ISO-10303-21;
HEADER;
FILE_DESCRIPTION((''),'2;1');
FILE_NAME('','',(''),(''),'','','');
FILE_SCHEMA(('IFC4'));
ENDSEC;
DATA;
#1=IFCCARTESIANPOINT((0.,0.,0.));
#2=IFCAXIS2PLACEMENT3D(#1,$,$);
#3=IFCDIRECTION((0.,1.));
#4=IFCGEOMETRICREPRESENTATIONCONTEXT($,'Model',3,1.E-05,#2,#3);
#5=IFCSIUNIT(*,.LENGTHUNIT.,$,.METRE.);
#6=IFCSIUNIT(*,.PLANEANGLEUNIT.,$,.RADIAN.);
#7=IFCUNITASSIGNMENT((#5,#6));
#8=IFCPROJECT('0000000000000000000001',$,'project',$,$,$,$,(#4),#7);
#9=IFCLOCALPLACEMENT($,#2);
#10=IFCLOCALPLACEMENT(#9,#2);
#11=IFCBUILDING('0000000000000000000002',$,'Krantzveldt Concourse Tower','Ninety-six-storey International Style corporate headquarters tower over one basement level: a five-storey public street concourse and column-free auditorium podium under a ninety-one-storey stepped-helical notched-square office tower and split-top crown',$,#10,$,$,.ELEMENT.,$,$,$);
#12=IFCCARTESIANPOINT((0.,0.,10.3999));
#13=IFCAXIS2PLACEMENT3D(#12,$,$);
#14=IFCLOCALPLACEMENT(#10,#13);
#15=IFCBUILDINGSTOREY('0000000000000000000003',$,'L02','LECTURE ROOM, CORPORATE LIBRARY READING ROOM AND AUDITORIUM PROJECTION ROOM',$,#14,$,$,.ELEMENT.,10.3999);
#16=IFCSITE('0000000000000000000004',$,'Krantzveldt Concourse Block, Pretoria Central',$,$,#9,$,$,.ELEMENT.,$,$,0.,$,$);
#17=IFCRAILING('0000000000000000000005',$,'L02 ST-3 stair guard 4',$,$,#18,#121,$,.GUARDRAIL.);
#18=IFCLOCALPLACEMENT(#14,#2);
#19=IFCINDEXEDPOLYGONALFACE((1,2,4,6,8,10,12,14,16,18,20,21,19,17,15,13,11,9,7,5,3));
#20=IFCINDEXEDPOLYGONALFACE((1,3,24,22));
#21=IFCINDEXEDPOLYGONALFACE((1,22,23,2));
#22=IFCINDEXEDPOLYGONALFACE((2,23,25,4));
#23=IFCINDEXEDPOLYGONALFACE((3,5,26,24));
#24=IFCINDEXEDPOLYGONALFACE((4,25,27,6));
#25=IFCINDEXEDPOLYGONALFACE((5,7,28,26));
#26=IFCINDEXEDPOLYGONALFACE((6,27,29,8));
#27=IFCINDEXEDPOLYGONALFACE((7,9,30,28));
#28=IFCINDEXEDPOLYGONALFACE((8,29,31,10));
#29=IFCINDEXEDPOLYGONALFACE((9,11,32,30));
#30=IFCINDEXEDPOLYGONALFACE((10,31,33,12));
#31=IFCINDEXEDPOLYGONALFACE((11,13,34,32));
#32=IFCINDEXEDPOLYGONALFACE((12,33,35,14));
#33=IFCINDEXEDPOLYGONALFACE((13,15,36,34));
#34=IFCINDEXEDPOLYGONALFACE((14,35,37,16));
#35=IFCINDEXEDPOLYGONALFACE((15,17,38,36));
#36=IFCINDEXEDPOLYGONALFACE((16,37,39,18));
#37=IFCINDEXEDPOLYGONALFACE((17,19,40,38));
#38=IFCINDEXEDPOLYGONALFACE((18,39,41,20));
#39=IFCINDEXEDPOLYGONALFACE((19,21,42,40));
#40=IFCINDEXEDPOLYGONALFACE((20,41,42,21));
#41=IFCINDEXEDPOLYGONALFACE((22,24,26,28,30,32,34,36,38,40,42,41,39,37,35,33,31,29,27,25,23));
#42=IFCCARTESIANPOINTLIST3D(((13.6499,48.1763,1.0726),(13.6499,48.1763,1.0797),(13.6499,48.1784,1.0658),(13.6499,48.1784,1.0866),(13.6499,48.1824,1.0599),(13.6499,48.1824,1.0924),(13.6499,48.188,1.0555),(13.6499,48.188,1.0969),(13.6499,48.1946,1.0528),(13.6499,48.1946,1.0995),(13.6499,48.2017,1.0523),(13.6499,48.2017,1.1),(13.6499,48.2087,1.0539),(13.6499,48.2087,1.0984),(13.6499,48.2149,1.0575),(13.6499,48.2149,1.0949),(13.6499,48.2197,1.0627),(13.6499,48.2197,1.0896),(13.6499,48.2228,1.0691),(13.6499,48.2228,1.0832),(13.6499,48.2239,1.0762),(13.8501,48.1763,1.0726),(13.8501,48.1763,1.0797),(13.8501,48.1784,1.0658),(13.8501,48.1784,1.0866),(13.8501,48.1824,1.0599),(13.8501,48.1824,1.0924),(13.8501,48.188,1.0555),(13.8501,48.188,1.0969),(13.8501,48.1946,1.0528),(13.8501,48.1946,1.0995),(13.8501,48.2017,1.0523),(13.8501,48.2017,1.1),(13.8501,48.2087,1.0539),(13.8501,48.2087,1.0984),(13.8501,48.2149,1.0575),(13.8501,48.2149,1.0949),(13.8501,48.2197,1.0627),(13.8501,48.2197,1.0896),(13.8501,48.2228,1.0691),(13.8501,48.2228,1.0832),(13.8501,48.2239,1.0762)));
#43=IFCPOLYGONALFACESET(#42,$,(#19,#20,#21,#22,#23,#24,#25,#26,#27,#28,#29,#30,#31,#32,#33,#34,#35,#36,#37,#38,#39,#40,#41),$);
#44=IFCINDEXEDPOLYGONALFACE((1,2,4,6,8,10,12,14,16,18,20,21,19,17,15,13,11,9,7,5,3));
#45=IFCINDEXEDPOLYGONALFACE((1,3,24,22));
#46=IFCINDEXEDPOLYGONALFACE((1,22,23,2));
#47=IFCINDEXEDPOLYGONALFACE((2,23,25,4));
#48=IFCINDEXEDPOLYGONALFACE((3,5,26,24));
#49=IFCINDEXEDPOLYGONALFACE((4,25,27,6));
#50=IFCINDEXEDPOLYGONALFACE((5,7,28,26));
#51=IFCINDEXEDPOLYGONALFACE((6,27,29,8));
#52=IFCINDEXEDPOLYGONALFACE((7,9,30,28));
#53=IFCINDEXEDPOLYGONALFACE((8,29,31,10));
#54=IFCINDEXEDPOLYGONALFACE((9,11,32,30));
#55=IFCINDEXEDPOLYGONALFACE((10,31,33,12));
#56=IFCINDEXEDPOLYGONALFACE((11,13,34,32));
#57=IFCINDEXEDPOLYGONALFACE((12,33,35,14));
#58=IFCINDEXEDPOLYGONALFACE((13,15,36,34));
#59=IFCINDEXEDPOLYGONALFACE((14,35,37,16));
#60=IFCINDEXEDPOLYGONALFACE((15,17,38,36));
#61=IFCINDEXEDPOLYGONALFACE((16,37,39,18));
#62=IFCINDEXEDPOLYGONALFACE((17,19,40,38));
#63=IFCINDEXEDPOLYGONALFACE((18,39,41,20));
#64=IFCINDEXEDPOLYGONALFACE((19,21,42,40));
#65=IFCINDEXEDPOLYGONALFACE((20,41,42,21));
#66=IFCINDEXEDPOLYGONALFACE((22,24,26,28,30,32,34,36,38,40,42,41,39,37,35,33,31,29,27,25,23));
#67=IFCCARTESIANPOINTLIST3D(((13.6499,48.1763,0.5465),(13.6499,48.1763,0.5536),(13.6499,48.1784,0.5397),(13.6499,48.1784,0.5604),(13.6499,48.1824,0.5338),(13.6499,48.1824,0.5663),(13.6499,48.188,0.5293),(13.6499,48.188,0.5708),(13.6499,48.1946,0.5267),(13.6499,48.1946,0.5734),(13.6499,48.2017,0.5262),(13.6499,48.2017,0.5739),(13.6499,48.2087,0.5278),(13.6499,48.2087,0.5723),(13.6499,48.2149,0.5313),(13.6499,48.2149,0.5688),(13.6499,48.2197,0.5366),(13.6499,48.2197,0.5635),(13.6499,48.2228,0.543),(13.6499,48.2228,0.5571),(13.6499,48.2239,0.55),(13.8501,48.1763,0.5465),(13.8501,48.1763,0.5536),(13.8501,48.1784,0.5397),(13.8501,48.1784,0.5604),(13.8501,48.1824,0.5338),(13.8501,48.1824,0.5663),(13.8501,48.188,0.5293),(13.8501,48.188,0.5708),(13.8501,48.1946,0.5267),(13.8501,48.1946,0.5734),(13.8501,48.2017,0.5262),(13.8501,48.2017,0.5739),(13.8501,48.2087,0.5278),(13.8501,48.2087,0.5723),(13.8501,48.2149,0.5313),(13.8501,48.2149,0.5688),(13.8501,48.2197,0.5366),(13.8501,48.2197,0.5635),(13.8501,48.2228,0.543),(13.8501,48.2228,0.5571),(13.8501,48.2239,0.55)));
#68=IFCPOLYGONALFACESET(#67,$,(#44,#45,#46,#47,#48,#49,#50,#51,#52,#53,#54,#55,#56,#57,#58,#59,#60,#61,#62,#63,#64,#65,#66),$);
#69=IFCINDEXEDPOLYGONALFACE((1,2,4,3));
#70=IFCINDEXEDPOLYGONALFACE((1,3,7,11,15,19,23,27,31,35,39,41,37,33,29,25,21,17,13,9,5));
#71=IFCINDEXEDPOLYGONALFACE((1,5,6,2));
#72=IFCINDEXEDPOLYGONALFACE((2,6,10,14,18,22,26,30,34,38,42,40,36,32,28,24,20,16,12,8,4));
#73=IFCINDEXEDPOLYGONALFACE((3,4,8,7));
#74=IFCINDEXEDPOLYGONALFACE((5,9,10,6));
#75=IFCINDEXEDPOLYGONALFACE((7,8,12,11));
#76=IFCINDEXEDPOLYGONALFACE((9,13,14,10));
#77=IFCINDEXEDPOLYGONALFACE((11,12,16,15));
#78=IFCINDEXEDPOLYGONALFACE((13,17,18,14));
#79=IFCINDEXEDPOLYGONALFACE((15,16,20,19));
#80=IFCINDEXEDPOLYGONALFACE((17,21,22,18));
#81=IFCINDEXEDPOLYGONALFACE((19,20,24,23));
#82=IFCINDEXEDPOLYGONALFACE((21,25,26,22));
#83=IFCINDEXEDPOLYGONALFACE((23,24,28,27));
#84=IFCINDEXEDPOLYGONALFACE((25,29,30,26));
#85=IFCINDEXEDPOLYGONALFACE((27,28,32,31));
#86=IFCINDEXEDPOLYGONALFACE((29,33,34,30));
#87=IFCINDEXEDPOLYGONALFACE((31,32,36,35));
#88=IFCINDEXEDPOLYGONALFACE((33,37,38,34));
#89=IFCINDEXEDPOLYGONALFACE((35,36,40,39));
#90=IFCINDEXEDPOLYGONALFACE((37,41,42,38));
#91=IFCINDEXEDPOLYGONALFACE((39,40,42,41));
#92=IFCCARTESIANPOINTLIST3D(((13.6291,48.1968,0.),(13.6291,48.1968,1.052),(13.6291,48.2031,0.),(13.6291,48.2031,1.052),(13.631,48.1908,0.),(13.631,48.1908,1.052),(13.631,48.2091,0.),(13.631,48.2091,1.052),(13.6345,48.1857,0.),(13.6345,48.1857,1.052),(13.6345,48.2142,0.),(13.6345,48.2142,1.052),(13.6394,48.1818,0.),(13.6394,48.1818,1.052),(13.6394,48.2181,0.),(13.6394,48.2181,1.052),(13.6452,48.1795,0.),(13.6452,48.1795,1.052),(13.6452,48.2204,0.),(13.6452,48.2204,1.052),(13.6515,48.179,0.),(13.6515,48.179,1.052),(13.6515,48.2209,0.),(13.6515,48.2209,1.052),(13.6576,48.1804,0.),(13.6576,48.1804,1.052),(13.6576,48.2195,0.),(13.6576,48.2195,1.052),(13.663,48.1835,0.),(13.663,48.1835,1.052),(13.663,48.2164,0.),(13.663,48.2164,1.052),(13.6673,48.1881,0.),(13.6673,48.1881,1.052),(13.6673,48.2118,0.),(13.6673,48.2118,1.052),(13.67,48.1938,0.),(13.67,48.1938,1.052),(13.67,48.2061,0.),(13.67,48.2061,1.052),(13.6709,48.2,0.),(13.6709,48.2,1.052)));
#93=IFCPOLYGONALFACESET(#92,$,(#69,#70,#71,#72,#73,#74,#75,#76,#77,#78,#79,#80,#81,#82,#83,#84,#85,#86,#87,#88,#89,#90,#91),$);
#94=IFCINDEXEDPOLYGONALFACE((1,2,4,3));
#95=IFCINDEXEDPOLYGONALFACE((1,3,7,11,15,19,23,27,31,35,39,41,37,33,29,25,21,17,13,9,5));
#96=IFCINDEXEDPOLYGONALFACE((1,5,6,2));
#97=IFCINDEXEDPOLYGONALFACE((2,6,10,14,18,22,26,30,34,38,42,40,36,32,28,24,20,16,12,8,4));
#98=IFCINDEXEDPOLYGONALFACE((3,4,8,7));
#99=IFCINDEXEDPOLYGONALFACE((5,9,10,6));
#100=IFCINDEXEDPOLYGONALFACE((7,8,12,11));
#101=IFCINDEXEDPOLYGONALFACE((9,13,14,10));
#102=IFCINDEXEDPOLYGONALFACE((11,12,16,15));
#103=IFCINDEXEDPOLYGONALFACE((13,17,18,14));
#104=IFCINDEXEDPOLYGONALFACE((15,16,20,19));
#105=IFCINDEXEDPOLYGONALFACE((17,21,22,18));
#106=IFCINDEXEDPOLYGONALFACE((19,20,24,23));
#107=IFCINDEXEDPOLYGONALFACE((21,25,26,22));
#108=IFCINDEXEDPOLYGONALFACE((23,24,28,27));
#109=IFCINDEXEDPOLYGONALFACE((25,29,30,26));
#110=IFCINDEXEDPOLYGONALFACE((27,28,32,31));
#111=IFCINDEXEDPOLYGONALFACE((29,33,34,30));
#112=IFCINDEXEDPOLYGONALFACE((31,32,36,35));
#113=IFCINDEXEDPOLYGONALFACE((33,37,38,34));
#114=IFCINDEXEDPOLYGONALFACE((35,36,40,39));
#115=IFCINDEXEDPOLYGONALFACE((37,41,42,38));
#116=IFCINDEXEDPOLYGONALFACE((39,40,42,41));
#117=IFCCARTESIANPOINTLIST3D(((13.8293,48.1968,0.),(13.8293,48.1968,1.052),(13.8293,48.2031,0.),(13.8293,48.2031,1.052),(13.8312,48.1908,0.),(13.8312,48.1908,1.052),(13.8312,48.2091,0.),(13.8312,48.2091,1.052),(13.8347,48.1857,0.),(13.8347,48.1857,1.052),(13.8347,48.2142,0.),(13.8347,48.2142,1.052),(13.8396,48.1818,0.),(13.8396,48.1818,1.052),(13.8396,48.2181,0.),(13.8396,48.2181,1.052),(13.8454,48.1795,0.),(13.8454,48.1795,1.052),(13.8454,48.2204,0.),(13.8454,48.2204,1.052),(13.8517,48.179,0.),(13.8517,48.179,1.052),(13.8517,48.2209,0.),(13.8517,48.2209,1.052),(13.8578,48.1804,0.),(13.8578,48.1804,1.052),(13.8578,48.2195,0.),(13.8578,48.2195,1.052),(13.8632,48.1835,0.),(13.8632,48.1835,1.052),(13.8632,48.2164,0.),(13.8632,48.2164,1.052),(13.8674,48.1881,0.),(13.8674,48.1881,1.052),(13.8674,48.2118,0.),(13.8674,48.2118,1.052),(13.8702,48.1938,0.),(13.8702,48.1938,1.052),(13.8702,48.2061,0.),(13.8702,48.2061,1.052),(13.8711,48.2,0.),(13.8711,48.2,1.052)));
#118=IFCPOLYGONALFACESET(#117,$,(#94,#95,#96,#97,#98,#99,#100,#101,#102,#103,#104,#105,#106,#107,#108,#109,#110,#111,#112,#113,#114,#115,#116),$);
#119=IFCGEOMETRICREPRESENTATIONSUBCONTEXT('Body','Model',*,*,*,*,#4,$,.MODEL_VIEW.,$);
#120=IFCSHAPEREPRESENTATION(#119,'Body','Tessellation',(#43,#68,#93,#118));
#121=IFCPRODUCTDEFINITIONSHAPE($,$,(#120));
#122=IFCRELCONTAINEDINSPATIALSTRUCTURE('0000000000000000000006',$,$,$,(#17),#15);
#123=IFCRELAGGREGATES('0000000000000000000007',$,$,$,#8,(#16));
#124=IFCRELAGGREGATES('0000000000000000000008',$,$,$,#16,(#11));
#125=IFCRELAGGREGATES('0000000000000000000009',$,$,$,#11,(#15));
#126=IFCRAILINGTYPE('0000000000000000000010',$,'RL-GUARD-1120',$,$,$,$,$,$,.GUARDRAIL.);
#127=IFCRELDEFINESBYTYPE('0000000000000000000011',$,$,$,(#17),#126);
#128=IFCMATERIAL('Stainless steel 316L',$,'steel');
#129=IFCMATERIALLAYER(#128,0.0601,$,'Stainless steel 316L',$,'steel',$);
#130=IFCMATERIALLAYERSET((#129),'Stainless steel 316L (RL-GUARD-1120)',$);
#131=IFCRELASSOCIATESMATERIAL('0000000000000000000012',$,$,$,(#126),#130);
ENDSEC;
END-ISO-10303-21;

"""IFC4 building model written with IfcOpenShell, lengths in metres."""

from ifc_helpers import new_model, si_unit, direction, frame, origin, origin_2d, place, context, subcontext, project, spatial, circle, extrude, material, layer, layer_set, type_object, element, save


model = new_model("IFC4")

# Units and contexts
model_context = context("Model", 3, precision=1e-05, world=origin(), true_north=direction((0.0, 1.0)))
body_context = subcontext(model_context, "Body", "Model", "MODEL_VIEW")
ifc_project = project(units=[si_unit("LENGTHUNIT", "METRE"), si_unit("PLANEANGLEUNIT", "RADIAN")], contexts=[model_context])

# Site, building, storey
site_placement = place(None, origin())
site = spatial("IfcSite", under=ifc_project, at=site_placement, Name="Krantzveldt Concourse Block, Pretoria Central", CompositionType="ELEMENT", RefElevation=0.0)
building_placement = place(site_placement, origin())
building = spatial("IfcBuilding", under=site, at=building_placement, Name="Krantzveldt Concourse Tower", Description="Ninety-six-storey International Style corporate headquarters tower over one basement level: a five-storey public street concourse and column-free auditorium podium under a ninety-one-storey stepped-helical notched-square office tower and split-top crown", CompositionType="ELEMENT")
storey_placement = place(building_placement, frame((0.0, 0.0, 10.3999)))
storey = spatial("IfcBuildingStorey", under=building, at=storey_placement, Name="L02", Description="LECTURE ROOM, CORPORATE LIBRARY READING ROOM AND AUDITORIUM PROJECTION ROOM", CompositionType="ELEMENT", Elevation=10.3999)

# Railing
ifc_material_1 = material(Name="Stainless steel 316L", Category="steel")
ifc_layer_1 = layer(ifc_material_1, 0.0601, Name="Stainless steel 316L", Category="steel")
ifc_layer_set_1 = layer_set([ifc_layer_1], Name="Stainless steel 316L (RL-GUARD-1120)")
railing_type_1 = type_object("IfcRailingType", Name="RL-GUARD-1120", PredefinedType="GUARDRAIL", material=ifc_layer_set_1)
railing_1_placement = place(storey_placement, frame((13.6499, 48.2, 0.0)))
element("IfcRailing", 1, at=railing_1_placement, inside=storey, type_object=railing_type_1, Name="L02 ST-3 stair guard 4", PredefinedType="GUARDRAIL", context=body_context, shape_type="SweptSolid", body=[
    extrude(circle(Radius=0.0239, at=origin_2d()), frame((0.0, 0.0, 1.0762), z_axis=(1.0, 0.0, 0.0), x_axis=(0.0, 1.0, 0.0)), (0.0, 0.0, 1.0), 0.2002),
    extrude(circle(Radius=0.0239, at=origin_2d()), frame((0.0, 0.0, 0.55), z_axis=(1.0, 0.0, 0.0), x_axis=(0.0, 1.0, 0.0)), (0.0, 0.0, 1.0), 0.2002),
    extrude(circle(Radius=0.021, at=origin_2d()), origin(), (0.0, 0.0, 1.0), 1.052),
    extrude(circle(Radius=0.021, at=origin_2d()), frame((0.2002, 0.0, 0.0)), (0.0, 0.0, 1.0), 1.052),
])

save(model, "model.ifc")
